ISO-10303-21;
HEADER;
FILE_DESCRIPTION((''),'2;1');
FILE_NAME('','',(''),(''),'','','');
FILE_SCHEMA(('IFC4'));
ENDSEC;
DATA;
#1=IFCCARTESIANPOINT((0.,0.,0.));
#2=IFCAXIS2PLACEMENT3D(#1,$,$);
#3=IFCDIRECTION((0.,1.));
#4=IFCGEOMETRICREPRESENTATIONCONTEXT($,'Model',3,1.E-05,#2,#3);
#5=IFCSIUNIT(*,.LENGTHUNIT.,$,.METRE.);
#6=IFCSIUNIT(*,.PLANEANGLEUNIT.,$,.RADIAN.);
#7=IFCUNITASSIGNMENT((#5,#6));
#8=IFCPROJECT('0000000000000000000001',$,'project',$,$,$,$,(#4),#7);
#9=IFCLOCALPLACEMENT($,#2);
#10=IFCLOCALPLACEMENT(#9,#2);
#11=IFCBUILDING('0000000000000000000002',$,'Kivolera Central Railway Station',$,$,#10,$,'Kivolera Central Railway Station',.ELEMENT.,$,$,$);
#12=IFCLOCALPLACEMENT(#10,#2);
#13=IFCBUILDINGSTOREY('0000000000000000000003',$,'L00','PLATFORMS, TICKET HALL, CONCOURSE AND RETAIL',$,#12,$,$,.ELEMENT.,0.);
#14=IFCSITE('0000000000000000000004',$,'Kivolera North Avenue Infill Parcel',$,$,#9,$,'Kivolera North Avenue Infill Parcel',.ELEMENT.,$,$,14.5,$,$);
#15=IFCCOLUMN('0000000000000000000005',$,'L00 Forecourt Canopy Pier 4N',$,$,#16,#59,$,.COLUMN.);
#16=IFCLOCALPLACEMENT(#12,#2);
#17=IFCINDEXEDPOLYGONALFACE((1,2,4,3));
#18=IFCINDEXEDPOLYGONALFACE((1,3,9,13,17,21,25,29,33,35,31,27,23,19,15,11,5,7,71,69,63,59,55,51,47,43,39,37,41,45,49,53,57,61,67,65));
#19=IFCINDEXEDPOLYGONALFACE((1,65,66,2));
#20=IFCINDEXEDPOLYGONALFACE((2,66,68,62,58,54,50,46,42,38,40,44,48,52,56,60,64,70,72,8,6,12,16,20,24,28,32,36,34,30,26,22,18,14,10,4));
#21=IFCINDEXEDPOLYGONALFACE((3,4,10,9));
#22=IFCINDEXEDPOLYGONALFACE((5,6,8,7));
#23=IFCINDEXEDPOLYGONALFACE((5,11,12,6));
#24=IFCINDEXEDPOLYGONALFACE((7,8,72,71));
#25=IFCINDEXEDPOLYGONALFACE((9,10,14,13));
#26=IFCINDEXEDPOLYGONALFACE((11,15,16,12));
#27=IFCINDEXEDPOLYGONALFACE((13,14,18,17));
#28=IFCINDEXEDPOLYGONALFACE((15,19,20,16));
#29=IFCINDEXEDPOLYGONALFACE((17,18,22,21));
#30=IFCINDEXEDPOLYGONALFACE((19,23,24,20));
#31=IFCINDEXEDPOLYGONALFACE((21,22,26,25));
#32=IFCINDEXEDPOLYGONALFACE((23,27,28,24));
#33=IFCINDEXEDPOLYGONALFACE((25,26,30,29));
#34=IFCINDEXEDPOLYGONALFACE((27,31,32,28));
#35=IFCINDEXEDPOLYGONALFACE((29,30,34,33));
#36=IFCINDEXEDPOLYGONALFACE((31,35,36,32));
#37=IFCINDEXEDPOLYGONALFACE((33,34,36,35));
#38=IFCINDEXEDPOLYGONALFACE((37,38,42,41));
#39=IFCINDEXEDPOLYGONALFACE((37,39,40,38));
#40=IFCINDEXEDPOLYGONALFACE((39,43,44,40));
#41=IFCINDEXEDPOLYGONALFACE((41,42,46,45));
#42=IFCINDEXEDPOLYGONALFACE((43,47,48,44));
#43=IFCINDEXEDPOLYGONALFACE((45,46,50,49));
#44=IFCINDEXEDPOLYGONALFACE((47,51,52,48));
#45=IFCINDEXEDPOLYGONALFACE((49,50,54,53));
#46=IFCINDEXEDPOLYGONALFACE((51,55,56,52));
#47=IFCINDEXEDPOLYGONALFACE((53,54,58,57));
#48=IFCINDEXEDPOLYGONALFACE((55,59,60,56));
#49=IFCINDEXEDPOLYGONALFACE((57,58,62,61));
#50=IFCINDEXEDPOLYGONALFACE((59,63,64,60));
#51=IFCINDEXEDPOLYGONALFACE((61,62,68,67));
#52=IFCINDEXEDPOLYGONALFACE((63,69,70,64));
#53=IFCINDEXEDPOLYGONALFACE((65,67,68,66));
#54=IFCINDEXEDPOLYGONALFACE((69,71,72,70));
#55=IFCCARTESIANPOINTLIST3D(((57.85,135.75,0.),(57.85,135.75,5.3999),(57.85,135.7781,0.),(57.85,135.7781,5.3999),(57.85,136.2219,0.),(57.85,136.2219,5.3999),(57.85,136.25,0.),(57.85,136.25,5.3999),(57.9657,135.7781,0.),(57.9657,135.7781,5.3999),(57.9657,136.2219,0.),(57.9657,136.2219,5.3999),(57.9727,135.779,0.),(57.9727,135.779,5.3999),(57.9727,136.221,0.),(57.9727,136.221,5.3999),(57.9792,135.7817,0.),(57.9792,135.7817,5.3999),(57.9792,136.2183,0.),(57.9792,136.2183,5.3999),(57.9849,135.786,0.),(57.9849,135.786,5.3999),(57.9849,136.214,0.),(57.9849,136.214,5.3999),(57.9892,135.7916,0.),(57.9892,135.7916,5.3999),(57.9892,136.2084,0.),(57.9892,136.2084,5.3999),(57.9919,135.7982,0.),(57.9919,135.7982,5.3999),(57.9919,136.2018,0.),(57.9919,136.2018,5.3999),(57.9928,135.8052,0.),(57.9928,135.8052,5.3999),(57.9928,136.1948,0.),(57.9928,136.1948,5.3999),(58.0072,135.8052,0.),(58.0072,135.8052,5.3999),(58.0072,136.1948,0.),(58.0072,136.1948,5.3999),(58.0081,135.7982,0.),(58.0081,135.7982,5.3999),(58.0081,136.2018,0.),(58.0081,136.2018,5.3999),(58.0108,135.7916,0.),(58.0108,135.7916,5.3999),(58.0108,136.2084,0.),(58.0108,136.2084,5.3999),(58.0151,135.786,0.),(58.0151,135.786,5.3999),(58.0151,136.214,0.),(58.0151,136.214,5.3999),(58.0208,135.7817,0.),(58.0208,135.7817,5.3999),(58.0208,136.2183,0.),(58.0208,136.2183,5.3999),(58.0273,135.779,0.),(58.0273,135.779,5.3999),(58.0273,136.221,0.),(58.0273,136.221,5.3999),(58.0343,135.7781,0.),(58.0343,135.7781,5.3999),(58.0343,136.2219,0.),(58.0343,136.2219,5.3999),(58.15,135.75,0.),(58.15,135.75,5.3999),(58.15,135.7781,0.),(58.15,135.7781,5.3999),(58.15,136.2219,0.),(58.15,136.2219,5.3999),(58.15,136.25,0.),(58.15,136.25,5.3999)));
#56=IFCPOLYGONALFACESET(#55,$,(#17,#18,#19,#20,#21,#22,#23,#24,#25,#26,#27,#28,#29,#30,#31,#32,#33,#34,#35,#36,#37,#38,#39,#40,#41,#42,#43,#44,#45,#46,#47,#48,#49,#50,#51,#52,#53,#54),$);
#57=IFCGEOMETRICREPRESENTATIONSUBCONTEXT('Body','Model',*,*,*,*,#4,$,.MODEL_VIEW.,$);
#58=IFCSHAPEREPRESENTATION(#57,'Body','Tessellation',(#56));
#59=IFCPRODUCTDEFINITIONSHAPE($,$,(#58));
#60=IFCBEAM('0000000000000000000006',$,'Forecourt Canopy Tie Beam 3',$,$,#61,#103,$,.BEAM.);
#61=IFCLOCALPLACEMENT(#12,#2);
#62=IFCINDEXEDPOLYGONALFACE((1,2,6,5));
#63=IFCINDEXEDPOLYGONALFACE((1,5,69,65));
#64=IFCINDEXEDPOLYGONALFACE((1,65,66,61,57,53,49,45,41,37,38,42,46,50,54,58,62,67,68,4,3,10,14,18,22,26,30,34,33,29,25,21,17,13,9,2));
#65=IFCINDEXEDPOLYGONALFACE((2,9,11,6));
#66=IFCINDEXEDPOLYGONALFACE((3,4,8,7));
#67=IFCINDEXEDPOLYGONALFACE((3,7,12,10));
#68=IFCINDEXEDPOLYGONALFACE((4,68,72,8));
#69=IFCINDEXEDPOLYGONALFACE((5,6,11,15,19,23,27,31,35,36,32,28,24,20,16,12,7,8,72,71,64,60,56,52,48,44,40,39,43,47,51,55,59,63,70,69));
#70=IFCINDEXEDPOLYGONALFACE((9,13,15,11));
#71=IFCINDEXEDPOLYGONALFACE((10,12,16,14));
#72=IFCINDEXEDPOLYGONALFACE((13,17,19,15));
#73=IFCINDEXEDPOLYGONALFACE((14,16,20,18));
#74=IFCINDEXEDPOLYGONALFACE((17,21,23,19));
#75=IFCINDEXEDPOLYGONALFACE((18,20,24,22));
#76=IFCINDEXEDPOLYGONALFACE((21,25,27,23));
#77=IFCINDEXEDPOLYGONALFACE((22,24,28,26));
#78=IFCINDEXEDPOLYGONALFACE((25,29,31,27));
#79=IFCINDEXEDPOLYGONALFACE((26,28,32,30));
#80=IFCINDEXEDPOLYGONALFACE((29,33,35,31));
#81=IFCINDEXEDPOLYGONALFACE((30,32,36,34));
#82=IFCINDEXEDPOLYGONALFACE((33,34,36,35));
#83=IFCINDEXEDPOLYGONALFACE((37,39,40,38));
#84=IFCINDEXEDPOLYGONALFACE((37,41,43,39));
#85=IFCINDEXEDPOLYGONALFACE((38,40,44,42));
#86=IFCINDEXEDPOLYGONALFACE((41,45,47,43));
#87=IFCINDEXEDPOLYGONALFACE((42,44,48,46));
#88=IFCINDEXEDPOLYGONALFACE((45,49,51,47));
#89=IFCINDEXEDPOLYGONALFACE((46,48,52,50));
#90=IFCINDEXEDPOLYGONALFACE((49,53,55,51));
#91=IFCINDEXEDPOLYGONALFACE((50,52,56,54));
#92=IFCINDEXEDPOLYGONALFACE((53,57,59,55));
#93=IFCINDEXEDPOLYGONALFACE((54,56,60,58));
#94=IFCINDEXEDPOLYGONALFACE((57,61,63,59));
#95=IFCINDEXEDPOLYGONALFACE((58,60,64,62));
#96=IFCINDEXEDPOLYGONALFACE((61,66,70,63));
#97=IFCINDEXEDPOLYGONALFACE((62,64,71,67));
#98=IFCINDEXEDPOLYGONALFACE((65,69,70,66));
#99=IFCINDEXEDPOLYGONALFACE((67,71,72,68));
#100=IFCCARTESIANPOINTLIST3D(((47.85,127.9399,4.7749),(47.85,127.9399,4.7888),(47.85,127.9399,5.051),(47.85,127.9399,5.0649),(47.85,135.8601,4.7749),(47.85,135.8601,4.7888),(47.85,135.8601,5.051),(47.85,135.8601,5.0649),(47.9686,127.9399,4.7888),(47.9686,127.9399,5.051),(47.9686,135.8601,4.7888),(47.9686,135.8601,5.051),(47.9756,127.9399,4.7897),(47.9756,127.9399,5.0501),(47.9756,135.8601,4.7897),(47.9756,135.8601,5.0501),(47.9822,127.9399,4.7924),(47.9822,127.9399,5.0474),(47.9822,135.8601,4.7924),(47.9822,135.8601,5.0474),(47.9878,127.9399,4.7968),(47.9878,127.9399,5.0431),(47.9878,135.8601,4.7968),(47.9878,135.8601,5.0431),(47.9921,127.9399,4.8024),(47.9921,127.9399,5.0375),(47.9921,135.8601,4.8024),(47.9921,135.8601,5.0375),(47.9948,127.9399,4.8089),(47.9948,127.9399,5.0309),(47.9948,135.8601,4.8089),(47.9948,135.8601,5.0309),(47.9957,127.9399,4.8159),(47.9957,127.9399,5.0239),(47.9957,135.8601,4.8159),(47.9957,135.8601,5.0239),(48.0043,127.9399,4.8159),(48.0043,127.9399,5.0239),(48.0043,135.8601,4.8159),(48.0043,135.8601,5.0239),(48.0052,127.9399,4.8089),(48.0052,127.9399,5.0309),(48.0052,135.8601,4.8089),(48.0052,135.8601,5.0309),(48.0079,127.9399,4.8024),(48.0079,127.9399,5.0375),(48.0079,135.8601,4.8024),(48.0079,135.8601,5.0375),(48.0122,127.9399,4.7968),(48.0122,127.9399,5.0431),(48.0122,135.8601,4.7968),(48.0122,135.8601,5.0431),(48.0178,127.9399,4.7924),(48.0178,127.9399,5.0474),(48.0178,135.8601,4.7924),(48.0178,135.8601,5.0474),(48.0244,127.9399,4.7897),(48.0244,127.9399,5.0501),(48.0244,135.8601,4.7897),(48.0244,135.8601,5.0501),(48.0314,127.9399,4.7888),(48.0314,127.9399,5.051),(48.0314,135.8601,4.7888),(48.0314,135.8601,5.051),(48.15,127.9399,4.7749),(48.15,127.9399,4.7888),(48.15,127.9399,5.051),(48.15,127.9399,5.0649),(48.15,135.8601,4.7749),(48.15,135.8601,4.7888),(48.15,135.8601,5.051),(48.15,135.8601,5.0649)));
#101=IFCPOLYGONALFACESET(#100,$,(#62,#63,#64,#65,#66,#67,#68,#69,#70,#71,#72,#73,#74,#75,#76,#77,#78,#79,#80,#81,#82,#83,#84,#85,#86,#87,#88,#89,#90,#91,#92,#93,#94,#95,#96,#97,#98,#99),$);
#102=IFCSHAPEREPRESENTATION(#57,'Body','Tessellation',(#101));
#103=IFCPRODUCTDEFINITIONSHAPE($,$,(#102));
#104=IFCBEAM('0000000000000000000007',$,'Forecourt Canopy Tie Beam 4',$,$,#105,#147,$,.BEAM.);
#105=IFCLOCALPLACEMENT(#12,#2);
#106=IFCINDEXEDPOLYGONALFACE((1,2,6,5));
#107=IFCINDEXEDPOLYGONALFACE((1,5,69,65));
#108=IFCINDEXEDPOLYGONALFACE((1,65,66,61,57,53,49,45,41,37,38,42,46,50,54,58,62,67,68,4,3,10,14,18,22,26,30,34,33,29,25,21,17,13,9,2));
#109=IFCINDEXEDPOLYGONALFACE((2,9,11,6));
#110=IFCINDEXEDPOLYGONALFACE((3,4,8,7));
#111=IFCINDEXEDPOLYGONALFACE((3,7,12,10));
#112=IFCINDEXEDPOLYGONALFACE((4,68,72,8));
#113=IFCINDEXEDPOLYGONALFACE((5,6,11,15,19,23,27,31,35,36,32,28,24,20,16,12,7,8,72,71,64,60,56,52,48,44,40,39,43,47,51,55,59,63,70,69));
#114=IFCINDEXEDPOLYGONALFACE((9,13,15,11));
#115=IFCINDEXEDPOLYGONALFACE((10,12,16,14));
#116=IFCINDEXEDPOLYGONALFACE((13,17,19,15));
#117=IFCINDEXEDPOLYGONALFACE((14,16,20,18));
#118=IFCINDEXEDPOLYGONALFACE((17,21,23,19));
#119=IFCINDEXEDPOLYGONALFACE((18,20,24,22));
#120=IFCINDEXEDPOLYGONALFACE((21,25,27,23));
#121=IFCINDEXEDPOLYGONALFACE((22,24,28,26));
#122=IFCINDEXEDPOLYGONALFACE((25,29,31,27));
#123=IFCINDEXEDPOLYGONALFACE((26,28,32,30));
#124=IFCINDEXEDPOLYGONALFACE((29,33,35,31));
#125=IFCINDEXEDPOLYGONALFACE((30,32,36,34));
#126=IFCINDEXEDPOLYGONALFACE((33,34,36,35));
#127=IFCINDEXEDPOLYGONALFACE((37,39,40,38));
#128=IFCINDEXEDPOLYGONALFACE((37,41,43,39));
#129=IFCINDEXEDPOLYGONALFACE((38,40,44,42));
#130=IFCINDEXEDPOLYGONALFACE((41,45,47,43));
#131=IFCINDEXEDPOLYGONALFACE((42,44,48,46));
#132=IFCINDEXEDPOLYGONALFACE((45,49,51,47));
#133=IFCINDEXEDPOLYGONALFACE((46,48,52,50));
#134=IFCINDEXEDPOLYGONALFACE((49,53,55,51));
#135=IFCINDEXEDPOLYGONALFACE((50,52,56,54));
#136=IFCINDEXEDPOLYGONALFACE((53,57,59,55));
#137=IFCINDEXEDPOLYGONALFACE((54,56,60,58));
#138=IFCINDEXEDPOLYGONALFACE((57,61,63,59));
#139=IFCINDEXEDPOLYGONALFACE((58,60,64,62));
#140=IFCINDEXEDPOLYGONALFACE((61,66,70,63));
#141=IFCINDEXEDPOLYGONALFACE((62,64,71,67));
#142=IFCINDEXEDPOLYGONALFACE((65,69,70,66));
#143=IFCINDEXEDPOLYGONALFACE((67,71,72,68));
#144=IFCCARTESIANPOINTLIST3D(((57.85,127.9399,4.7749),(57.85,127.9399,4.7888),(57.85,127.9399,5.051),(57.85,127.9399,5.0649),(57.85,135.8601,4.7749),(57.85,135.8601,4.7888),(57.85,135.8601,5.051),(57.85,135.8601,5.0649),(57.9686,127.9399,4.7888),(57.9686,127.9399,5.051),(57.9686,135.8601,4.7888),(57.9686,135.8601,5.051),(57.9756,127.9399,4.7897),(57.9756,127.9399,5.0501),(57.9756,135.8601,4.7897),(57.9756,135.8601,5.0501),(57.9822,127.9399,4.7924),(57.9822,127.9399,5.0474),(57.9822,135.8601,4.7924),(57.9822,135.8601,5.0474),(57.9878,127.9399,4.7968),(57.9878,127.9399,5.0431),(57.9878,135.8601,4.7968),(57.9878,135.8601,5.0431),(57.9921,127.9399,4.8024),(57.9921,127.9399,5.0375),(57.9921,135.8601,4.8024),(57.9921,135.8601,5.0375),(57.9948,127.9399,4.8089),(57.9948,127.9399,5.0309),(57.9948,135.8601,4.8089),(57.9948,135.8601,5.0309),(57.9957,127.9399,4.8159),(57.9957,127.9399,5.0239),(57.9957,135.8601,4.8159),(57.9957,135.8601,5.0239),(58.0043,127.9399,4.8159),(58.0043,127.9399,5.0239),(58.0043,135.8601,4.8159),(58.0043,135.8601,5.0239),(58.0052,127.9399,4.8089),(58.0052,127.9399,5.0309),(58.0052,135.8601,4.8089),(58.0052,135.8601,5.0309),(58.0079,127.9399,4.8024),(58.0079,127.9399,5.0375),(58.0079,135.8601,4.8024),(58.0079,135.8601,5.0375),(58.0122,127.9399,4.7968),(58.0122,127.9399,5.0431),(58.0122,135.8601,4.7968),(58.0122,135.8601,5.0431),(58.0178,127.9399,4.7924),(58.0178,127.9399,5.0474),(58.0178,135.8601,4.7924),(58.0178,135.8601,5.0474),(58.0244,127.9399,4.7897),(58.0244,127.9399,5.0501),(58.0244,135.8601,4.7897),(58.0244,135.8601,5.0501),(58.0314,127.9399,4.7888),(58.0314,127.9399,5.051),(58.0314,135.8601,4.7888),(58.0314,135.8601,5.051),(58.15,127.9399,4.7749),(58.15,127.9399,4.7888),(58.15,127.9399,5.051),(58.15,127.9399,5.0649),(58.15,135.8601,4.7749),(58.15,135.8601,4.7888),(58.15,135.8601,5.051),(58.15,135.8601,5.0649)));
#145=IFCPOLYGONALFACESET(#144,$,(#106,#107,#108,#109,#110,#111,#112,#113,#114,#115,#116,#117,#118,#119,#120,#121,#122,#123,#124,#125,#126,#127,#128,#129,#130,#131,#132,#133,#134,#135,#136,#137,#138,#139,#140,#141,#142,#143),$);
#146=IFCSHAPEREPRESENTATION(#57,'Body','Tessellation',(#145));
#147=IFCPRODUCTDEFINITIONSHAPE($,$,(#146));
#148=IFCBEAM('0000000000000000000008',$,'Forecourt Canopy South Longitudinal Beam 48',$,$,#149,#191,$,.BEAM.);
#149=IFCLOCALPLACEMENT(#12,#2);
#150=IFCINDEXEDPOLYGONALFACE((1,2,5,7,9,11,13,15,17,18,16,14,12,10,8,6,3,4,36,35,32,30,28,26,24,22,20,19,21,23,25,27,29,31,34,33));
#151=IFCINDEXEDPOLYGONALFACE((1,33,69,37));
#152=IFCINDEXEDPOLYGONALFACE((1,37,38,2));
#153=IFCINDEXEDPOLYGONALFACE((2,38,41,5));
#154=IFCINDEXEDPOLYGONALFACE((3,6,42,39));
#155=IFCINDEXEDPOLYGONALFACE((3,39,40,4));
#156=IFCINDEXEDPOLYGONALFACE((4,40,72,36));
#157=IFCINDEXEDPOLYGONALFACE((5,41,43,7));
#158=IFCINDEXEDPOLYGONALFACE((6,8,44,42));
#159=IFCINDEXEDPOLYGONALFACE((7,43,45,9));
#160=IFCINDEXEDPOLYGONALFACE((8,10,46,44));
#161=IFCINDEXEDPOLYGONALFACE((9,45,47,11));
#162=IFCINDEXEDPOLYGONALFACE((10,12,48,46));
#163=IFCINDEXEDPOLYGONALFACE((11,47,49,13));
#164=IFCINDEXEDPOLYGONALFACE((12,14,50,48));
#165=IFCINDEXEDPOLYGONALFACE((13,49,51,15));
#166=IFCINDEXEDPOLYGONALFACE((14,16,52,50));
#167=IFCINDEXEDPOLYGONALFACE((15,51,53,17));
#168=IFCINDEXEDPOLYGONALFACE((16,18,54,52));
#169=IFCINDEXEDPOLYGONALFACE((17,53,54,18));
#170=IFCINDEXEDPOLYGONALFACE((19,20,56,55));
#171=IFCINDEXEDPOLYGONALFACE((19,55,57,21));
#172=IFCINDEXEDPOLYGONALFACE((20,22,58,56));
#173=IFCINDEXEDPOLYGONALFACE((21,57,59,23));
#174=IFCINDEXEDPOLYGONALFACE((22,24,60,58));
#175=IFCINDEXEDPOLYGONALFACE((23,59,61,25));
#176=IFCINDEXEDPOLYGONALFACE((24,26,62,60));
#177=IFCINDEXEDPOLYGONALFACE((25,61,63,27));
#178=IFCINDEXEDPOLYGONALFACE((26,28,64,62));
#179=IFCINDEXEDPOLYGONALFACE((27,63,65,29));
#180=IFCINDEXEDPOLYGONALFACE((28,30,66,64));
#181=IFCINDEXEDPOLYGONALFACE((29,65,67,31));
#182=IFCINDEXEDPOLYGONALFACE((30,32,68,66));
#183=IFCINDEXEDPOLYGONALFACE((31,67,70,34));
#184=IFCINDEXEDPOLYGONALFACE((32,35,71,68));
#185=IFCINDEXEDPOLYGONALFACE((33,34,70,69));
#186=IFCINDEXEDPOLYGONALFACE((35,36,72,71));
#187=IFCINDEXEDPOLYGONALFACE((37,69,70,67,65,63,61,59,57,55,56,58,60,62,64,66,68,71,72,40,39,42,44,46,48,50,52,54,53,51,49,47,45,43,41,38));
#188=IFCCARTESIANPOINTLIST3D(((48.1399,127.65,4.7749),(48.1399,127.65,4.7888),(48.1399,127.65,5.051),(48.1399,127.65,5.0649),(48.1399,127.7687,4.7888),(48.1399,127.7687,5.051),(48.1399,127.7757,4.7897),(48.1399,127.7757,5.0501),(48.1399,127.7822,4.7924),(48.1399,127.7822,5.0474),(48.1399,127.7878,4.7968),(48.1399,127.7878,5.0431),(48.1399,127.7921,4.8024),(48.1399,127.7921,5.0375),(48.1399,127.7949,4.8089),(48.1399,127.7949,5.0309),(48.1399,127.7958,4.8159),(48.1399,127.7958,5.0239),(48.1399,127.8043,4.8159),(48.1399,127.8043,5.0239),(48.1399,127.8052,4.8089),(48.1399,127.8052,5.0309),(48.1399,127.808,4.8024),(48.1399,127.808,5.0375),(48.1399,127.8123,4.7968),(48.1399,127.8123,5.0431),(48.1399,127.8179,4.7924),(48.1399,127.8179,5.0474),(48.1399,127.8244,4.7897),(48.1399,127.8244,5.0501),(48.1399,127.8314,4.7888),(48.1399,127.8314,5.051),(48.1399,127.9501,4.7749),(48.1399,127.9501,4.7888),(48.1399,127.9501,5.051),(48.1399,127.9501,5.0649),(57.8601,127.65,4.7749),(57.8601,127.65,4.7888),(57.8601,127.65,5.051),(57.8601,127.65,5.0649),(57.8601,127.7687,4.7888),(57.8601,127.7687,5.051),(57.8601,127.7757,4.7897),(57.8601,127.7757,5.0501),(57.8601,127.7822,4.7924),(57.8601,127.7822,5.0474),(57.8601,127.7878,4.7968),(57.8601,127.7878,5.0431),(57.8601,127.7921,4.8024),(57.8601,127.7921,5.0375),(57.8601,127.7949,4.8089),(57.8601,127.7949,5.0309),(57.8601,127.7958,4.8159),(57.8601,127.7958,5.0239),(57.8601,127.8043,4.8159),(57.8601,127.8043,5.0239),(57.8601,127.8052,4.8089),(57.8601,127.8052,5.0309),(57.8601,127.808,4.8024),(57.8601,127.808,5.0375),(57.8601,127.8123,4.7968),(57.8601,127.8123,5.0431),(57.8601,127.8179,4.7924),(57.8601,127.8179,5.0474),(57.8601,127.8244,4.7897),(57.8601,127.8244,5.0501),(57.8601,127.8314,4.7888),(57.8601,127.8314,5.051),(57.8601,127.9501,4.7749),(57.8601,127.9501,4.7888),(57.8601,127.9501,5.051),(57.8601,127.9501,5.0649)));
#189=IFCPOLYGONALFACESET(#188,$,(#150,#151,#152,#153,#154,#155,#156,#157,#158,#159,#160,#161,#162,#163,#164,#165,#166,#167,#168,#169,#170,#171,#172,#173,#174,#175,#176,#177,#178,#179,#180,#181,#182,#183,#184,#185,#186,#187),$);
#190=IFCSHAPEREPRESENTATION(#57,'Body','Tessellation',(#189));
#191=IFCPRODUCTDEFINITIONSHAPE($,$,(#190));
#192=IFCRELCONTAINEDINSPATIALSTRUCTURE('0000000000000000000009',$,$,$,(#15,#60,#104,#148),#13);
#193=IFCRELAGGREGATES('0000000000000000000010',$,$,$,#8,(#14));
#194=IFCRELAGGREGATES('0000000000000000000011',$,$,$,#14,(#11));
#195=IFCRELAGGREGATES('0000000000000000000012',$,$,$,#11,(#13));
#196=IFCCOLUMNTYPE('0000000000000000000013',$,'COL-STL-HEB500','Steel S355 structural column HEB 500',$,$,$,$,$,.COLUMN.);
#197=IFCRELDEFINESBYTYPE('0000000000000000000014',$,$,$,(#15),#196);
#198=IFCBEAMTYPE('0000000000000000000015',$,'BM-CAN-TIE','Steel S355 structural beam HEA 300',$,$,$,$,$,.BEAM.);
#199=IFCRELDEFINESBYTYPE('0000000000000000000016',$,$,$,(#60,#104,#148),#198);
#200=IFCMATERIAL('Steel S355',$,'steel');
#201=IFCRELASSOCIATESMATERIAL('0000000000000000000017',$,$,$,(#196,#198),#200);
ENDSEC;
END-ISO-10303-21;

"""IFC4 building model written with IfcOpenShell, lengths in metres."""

from ifc_helpers import new_model, si_unit, direction, frame, origin, origin_2d, place, context, subcontext, project, spatial, i_section, extrude, material, material_profile, profile_set, type_object, element, save


model = new_model("IFC4")

# Units and contexts
model_context = context("Model", 3, precision=1e-05, world=origin(), true_north=direction((0.0, 1.0)))
body_context = subcontext(model_context, "Body", "Model", "MODEL_VIEW")
ifc_project = project(units=[si_unit("LENGTHUNIT", "METRE"), si_unit("PLANEANGLEUNIT", "RADIAN")], contexts=[model_context])

# Site, building, storey
site_placement = place(None, origin())
site = spatial("IfcSite", under=ifc_project, at=site_placement, Name="Kivolera North Avenue Infill Parcel", LongName="Kivolera North Avenue Infill Parcel", CompositionType="ELEMENT", RefElevation=14.5)
building_placement = place(site_placement, origin())
building = spatial("IfcBuilding", under=site, at=building_placement, Name="Kivolera Central Railway Station", LongName="Kivolera Central Railway Station", CompositionType="ELEMENT")
storey_placement = place(building_placement, origin())
storey = spatial("IfcBuildingStorey", under=building, at=storey_placement, Name="L00", Description="PLATFORMS, TICKET HALL, CONCOURSE AND RETAIL", CompositionType="ELEMENT", Elevation=0.0)

# Column
ifc_material_1 = material(Name="Steel S355", Category="steel")
ifc_material_profile_1 = material_profile(ifc_material_1, i_section(OverallWidth=0.3, OverallDepth=0.5, WebThickness=0.0144, FlangeThickness=0.0281, FilletRadius=0.0271, at=origin_2d()), Name="HEB 500")
ifc_profile_set_1 = profile_set([ifc_material_profile_1], Name="Steel S355")
column_type_1 = type_object("IfcColumnType", Name="COL-STL-HEB500", Description="Steel S355 structural column HEB 500", PredefinedType="COLUMN", material=ifc_profile_set_1)
for number, where, z_axis, x_axis, name in (
    (1, (58.0, 136.0, 0.0), (0.0, 0.0, 1.0), (1.0, 0.0, 0.0), "L00 Forecourt Canopy Pier 4N"),
):
    element("IfcColumn", number, at=place(storey_placement, frame(where, z_axis=z_axis, x_axis=x_axis)), inside=storey, type_object=column_type_1, Name=name, PredefinedType="COLUMN", context=body_context, shape_type="SweptSolid", body=[
        extrude(i_section(OverallWidth=0.3, OverallDepth=0.5, WebThickness=0.0144, FlangeThickness=0.0281, FilletRadius=0.0271, at=origin_2d()), origin(), (0.0, 0.0, 1.0), 5.3999),
    ])

# Beams
ifc_material_profile_2 = material_profile(ifc_material_1, i_section(OverallWidth=0.3, OverallDepth=0.29, WebThickness=0.0085, FlangeThickness=0.0139, FilletRadius=0.0271, at=origin_2d()), Name="HEA 300")
ifc_profile_set_2 = profile_set([ifc_material_profile_2], Name="Steel S355")
beam_type_1 = type_object("IfcBeamType", Name="BM-CAN-TIE", Description="Steel S355 structural beam HEA 300", PredefinedType="BEAM", material=ifc_profile_set_2)
for number, where, z_axis, x_axis, name in (
    (2, (48.0, 127.9399, 4.9199), (0.0, 1.0, 0.0), (-1.0, 0.0, 0.0), "Forecourt Canopy Tie Beam 3"),
    (3, (58.0, 127.9399, 4.9199), (0.0, 1.0, 0.0), (-1.0, 0.0, 0.0), "Forecourt Canopy Tie Beam 4"),
):
    element("IfcBeam", number, at=place(storey_placement, frame(where, z_axis=z_axis, x_axis=x_axis)), inside=storey, type_object=beam_type_1, Name=name, PredefinedType="BEAM", context=body_context, shape_type="SweptSolid", body=[
        extrude(i_section(OverallWidth=0.3, OverallDepth=0.29, WebThickness=0.0085, FlangeThickness=0.0139, FilletRadius=0.0271, at=origin_2d()), origin(), (0.0, 0.0, 1.0), 7.9202),
    ])
for number, where, z_axis, x_axis, name in (
    (4, (48.1399, 127.8, 4.9199), (1.0, 0.0, 0.0), (0.0, 1.0, 0.0), "Forecourt Canopy South Longitudinal Beam 48"),
):
    element("IfcBeam", number, at=place(storey_placement, frame(where, z_axis=z_axis, x_axis=x_axis)), inside=storey, type_object=beam_type_1, Name=name, PredefinedType="BEAM", context=body_context, shape_type="SweptSolid", body=[
        extrude(i_section(OverallWidth=0.3, OverallDepth=0.29, WebThickness=0.0085, FlangeThickness=0.0139, FilletRadius=0.0271, at=origin_2d()), origin(), (0.0, 0.0, 1.0), 9.7202),
    ])

save(model, "model.ifc")
